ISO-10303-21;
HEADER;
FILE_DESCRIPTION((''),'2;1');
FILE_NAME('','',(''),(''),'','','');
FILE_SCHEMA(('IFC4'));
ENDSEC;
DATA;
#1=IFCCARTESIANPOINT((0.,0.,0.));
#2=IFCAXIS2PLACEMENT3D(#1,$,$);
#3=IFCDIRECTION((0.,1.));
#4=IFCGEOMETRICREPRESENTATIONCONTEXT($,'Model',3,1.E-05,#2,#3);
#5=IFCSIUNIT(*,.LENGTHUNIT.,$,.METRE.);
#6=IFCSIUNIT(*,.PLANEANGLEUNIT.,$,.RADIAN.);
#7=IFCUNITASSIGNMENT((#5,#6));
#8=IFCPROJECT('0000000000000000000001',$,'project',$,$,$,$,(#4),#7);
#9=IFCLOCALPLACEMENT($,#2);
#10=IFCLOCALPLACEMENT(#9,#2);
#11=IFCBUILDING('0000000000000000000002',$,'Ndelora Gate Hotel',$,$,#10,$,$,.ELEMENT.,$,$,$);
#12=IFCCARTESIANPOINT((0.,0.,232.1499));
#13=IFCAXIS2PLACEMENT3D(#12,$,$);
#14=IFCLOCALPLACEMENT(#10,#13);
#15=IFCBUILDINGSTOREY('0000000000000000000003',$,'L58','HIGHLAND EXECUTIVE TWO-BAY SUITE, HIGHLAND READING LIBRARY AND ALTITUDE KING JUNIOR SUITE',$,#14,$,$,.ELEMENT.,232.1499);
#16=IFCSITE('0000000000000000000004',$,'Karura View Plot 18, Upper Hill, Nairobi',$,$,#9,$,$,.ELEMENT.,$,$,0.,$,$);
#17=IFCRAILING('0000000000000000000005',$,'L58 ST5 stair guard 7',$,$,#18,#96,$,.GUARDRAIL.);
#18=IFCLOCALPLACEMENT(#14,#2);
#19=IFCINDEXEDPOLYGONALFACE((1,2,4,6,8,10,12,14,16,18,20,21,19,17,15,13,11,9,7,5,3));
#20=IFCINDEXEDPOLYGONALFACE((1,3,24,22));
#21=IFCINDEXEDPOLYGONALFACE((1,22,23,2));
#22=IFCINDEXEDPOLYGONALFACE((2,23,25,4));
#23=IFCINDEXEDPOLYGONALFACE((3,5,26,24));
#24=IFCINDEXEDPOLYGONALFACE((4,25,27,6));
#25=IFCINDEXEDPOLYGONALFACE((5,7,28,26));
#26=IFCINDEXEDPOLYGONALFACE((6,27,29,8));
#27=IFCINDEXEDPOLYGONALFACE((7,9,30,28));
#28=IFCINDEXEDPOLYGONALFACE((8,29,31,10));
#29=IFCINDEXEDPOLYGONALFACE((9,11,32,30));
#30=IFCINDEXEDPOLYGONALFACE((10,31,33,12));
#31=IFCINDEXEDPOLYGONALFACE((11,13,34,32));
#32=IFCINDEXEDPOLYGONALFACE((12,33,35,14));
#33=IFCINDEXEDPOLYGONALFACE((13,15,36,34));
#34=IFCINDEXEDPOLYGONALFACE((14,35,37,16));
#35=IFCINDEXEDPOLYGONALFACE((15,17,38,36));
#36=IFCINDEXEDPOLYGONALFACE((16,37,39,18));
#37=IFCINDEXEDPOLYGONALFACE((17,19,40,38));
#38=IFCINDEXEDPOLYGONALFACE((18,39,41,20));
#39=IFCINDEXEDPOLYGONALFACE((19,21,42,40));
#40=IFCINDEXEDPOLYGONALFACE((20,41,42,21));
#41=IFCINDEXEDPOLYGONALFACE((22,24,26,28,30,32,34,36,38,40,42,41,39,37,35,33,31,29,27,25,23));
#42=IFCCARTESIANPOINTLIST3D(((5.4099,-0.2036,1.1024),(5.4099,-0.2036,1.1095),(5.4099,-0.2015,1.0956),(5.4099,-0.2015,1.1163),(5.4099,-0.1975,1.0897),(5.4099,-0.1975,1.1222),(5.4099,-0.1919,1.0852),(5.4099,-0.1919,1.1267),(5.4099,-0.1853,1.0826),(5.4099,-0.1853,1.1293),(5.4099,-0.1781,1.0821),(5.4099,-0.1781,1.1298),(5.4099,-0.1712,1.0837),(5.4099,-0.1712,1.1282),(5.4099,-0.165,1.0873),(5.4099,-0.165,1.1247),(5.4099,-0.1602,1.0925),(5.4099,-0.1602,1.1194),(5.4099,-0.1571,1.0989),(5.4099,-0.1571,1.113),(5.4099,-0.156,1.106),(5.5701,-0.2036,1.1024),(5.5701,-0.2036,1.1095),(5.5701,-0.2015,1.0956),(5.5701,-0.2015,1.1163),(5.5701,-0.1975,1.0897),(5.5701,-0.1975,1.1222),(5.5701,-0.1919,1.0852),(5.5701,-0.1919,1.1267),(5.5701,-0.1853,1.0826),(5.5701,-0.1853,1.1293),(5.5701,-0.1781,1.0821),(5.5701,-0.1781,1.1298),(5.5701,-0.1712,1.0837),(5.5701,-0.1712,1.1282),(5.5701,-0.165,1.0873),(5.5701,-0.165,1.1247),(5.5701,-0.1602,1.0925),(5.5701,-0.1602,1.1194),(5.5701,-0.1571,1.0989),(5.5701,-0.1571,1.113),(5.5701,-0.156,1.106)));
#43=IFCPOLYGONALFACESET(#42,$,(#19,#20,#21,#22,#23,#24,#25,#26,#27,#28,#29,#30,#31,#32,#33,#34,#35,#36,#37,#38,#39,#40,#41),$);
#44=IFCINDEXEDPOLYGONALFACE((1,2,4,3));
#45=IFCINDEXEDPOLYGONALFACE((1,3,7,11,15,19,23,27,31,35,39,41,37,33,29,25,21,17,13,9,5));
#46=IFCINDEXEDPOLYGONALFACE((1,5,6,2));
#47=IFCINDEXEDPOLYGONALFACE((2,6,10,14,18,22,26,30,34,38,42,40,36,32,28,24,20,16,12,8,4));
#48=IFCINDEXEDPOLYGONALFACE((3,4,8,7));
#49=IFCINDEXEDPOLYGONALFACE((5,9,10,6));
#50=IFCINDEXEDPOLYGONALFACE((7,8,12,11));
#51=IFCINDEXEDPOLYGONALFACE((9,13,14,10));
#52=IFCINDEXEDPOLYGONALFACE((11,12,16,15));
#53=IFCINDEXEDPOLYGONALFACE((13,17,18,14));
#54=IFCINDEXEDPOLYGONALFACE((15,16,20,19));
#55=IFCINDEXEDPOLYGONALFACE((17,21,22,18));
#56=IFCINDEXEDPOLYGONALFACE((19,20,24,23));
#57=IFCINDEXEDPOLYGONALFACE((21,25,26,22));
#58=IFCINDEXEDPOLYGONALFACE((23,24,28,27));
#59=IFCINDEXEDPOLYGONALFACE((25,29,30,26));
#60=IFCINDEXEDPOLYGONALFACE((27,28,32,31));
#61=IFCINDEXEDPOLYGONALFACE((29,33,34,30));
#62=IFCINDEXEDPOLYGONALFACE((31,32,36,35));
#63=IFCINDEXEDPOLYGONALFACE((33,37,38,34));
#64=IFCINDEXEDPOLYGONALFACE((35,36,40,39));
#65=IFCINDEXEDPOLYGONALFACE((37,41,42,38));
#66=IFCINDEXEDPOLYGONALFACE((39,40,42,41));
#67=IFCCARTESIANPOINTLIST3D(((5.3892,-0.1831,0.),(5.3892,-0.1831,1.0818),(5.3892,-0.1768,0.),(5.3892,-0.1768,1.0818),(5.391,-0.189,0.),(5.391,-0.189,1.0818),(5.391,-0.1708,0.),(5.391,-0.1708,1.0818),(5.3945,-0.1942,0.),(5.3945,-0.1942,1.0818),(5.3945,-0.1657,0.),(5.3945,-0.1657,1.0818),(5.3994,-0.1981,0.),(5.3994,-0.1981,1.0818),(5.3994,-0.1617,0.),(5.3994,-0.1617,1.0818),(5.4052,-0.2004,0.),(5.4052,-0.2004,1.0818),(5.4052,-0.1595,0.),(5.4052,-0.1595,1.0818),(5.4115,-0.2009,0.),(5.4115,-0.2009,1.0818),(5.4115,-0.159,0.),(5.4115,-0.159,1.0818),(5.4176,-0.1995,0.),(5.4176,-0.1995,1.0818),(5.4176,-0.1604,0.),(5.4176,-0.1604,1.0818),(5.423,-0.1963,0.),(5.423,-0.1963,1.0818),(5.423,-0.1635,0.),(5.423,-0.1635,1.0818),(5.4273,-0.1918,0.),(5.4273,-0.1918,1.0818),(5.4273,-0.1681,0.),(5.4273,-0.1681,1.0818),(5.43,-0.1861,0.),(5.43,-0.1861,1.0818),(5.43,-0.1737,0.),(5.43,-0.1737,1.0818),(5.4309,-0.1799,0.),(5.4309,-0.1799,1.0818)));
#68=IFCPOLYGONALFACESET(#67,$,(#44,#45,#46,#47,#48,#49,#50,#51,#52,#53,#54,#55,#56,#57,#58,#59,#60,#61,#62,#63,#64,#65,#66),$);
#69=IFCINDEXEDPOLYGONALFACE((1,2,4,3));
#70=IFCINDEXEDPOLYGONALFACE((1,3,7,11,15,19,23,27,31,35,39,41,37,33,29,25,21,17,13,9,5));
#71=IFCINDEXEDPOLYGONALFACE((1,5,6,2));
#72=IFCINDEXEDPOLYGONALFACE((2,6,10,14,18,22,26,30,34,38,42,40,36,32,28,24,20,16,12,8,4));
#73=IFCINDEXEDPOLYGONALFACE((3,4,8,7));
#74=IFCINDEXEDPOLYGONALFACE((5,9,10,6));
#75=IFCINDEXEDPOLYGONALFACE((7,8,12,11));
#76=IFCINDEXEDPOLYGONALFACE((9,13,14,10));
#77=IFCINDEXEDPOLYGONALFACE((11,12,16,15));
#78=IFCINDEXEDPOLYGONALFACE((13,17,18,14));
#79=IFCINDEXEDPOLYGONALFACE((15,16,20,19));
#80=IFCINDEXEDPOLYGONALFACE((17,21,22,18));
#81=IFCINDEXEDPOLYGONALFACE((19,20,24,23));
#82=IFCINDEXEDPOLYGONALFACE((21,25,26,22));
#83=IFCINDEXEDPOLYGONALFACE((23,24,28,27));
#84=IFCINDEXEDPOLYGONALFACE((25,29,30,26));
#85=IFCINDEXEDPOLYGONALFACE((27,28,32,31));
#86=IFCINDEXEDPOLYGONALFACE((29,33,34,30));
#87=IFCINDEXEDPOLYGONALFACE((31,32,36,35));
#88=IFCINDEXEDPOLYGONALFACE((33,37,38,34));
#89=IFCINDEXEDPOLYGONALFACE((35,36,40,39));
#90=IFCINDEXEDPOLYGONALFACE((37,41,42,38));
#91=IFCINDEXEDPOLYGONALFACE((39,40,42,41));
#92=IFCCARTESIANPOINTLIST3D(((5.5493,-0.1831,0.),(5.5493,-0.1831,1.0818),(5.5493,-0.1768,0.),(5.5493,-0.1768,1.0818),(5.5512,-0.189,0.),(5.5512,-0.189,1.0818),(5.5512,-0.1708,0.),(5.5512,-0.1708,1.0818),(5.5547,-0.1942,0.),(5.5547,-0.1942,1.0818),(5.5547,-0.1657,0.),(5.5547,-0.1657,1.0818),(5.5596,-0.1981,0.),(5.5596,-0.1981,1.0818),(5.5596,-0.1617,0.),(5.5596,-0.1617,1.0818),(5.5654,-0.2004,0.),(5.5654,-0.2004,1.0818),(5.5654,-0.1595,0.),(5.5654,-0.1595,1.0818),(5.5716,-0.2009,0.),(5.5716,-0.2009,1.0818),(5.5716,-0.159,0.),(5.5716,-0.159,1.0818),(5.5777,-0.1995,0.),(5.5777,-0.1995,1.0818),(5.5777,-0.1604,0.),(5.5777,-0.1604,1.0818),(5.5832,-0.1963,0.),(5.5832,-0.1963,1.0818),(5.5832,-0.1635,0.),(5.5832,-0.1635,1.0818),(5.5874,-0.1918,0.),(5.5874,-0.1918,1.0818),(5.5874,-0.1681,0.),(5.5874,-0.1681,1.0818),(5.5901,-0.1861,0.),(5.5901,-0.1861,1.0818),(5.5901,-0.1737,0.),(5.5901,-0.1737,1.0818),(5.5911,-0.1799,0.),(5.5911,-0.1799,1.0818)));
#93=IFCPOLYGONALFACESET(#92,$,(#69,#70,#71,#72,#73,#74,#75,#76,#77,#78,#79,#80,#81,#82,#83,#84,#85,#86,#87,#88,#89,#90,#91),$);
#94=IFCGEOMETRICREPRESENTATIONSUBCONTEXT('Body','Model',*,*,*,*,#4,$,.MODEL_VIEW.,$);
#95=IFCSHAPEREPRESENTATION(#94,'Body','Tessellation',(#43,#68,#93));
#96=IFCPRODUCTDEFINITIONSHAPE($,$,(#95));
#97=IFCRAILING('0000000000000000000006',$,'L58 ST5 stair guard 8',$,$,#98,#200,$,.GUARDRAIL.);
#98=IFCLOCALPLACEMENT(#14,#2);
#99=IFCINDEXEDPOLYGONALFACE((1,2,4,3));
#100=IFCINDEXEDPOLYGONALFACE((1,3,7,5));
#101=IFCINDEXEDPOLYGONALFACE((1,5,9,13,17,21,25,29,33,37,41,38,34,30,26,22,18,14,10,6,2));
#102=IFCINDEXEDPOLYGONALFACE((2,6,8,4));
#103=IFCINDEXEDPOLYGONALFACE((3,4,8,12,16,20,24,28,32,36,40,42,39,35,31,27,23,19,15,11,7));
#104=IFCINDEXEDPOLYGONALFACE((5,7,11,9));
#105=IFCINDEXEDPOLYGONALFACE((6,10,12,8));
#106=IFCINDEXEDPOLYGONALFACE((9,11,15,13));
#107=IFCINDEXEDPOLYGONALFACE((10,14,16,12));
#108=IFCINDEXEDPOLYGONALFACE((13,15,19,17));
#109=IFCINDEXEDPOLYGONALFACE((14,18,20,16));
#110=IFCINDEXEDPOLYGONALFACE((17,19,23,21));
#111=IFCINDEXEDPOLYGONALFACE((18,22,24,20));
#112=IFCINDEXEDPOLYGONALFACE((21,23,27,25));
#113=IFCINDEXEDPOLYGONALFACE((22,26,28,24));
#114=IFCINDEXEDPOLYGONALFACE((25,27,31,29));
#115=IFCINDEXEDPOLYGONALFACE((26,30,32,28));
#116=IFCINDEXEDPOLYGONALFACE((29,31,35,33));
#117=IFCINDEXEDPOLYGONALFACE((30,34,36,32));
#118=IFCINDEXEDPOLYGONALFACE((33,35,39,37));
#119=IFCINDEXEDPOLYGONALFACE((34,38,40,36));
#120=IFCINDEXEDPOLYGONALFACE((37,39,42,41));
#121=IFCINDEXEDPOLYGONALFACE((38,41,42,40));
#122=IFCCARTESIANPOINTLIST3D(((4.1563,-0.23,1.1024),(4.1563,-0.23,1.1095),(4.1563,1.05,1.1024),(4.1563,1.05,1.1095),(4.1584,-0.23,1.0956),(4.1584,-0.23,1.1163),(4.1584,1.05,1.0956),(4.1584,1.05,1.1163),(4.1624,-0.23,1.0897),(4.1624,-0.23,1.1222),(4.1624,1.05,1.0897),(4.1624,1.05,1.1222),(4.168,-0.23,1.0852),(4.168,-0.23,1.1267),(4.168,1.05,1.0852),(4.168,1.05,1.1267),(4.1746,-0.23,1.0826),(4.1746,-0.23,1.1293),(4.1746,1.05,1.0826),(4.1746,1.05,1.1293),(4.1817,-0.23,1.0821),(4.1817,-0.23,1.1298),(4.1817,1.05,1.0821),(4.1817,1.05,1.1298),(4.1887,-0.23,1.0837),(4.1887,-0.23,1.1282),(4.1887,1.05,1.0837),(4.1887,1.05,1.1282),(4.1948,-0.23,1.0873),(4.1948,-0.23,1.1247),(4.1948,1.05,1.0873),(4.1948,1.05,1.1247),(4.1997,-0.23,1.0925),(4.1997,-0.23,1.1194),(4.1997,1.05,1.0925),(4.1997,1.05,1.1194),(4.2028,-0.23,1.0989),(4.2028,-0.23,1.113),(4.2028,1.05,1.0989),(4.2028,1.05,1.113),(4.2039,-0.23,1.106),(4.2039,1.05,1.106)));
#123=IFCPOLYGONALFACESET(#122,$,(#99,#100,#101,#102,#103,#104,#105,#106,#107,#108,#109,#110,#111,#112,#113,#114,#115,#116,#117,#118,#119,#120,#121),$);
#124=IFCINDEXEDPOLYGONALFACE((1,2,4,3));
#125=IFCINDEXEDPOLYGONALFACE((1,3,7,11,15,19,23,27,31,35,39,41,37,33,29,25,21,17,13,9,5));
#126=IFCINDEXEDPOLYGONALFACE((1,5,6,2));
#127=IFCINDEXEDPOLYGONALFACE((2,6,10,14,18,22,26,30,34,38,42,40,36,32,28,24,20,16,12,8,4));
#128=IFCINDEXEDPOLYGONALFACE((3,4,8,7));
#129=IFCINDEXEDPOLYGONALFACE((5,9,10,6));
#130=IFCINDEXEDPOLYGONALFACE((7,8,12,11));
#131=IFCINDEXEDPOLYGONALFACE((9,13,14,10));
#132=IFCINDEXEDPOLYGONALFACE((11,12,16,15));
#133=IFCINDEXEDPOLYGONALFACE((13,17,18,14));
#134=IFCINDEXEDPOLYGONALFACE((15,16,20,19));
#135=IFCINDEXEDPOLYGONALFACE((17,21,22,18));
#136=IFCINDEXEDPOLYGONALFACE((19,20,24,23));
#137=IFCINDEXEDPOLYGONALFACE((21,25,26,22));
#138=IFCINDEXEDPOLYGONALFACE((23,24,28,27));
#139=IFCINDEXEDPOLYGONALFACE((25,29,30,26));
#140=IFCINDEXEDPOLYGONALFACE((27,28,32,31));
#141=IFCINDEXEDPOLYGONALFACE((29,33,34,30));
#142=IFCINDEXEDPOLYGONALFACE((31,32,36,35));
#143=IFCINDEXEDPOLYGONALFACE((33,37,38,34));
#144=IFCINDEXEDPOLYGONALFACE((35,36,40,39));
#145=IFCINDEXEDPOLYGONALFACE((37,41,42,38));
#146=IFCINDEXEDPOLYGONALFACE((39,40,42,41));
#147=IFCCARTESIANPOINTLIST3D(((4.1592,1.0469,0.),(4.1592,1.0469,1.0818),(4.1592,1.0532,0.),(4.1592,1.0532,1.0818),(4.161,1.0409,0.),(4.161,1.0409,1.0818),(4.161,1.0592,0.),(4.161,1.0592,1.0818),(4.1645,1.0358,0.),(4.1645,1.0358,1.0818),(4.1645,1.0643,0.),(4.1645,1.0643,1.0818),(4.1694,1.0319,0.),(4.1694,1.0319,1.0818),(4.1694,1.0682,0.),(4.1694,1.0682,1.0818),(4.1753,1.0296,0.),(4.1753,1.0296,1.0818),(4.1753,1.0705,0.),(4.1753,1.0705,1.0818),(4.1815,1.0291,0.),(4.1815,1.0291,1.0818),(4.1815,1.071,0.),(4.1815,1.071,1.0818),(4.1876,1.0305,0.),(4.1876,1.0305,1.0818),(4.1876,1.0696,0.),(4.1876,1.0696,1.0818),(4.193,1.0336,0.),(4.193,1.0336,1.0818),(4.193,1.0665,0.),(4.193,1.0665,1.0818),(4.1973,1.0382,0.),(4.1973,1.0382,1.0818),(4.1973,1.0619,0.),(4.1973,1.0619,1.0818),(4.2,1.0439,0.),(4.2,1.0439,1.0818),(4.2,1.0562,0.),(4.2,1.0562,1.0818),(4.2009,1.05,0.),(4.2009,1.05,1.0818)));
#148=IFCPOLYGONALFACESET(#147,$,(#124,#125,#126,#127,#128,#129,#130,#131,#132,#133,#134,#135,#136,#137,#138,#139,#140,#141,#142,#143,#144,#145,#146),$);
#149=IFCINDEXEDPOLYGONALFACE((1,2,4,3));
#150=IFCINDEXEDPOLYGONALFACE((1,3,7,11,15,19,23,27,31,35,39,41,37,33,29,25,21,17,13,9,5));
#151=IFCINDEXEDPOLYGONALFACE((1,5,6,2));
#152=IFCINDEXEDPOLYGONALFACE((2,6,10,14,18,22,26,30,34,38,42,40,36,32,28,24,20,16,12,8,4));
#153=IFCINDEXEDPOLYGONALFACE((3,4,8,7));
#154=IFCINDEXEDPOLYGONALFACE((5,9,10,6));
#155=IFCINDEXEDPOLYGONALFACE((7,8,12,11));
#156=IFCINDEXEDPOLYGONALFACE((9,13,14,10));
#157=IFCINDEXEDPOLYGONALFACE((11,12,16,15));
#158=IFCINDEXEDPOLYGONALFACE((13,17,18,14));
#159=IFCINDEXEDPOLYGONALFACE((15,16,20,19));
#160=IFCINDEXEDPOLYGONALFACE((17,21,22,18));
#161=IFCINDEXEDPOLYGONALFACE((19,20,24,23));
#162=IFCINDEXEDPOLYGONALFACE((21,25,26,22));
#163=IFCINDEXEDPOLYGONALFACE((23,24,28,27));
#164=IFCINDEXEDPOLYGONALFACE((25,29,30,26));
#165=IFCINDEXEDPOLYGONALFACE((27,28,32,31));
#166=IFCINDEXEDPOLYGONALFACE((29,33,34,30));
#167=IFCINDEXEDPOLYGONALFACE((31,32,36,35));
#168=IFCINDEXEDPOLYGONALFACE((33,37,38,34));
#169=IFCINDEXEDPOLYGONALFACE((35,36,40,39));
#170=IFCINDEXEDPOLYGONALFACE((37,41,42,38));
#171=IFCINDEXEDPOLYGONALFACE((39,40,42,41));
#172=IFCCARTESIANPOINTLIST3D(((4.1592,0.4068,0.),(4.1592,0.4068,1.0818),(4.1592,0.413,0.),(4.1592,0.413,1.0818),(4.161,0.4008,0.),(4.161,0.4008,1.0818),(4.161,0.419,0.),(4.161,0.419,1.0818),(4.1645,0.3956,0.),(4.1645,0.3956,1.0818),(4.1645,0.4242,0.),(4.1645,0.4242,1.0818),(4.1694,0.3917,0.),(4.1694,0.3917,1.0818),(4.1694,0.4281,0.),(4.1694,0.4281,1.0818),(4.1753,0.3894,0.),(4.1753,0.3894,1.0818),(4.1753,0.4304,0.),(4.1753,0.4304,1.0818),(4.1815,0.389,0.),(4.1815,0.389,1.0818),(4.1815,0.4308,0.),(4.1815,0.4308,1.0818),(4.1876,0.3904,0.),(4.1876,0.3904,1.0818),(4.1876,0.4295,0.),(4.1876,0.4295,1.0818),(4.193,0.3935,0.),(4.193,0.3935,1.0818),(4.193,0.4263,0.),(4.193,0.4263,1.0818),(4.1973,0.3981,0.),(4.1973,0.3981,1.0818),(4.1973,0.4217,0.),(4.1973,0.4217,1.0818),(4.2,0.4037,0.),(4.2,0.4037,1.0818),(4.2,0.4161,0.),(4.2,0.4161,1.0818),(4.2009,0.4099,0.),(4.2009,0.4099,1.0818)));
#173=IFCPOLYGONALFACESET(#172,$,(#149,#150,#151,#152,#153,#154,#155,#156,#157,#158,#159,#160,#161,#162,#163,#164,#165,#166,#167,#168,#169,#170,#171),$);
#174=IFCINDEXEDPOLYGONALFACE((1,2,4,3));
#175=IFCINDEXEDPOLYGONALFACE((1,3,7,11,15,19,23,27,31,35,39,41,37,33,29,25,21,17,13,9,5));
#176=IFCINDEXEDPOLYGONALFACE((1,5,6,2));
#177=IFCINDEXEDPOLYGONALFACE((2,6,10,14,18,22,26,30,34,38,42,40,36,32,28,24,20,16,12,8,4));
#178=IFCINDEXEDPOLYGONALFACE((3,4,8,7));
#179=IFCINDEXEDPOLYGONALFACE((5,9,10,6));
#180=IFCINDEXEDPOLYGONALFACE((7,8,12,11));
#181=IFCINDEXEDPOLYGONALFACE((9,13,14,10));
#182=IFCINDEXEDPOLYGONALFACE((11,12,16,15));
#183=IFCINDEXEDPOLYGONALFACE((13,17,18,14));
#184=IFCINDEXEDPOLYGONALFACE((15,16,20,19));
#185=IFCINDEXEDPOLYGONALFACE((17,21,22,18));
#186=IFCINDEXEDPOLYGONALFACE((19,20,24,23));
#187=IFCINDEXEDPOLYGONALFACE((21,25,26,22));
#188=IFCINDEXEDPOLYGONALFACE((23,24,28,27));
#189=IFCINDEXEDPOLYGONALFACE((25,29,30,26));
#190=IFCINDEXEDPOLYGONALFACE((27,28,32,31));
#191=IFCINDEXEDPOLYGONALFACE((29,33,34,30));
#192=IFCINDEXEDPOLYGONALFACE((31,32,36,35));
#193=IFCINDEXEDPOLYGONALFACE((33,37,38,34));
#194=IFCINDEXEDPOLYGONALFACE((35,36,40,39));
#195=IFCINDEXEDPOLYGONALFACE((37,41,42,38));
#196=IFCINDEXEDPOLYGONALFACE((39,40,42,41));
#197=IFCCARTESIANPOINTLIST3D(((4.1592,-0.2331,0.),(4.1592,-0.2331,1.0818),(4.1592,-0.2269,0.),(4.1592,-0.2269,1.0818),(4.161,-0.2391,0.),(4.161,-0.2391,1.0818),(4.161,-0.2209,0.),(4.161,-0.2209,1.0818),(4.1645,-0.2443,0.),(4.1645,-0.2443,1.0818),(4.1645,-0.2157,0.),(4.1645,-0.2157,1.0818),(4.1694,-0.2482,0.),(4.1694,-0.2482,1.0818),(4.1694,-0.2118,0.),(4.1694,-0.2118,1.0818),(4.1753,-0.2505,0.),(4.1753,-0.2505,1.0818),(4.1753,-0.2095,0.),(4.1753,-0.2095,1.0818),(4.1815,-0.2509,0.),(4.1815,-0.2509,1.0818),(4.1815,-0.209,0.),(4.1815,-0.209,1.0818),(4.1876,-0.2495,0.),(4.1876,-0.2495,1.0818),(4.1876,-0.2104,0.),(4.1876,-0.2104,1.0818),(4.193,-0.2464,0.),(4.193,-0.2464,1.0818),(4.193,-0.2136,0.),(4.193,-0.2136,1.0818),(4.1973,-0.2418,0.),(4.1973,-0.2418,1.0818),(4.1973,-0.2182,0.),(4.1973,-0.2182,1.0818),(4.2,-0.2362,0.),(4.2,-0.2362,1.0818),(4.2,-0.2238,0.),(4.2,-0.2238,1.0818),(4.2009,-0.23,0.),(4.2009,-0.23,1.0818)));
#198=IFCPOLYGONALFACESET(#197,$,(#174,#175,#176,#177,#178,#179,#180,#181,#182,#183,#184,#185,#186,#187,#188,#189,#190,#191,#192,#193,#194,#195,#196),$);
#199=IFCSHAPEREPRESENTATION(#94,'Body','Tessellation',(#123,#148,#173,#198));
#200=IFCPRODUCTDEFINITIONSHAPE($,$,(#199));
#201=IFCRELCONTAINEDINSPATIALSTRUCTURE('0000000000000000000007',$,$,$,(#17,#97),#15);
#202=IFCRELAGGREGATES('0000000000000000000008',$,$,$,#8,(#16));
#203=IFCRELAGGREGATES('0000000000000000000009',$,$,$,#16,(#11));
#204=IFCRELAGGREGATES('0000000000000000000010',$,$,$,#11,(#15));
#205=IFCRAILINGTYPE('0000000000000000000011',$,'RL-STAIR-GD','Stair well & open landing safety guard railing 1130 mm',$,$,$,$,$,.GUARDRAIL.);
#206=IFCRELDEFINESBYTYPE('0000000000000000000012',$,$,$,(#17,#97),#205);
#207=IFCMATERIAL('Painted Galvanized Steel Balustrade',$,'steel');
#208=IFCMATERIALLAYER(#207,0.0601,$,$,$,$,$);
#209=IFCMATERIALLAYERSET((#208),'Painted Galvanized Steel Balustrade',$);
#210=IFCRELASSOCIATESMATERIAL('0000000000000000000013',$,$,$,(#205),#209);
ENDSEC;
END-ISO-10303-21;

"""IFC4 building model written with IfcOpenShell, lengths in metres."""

from ifc_helpers import new_model, si_unit, direction, frame, origin, origin_2d, place, context, subcontext, project, spatial, circle, extrude, material, layer, layer_set, type_object, element, save


model = new_model("IFC4")

# Units and contexts
model_context = context("Model", 3, precision=1e-05, world=origin(), true_north=direction((0.0, 1.0)))
body_context = subcontext(model_context, "Body", "Model", "MODEL_VIEW")
ifc_project = project(units=[si_unit("LENGTHUNIT", "METRE"), si_unit("PLANEANGLEUNIT", "RADIAN")], contexts=[model_context])

# Site, building, storey
site_placement = place(None, origin())
site = spatial("IfcSite", under=ifc_project, at=site_placement, Name="Karura View Plot 18, Upper Hill, Nairobi", CompositionType="ELEMENT", RefElevation=0.0)
building_placement = place(site_placement, origin())
building = spatial("IfcBuilding", under=site, at=building_placement, Name="Ndelora Gate Hotel", CompositionType="ELEMENT")
storey_placement = place(building_placement, frame((0.0, 0.0, 232.1499)))
storey = spatial("IfcBuildingStorey", under=building, at=storey_placement, Name="L58", Description="HIGHLAND EXECUTIVE TWO-BAY SUITE, HIGHLAND READING LIBRARY AND ALTITUDE KING JUNIOR SUITE", CompositionType="ELEMENT", Elevation=232.1499)

# Railings
ifc_material_1 = material(Name="Painted Galvanized Steel Balustrade", Category="steel")
ifc_layer_1 = layer(ifc_material_1, 0.0601)
ifc_layer_set_1 = layer_set([ifc_layer_1], Name="Painted Galvanized Steel Balustrade")
railing_type_1 = type_object("IfcRailingType", Name="RL-STAIR-GD", Description="Stair well & open landing safety guard railing 1130 mm", PredefinedType="GUARDRAIL", material=ifc_layer_set_1)
railing_1_placement = place(storey_placement, frame((5.4099, -0.1799, 0.0)))
element("IfcRailing", 1, at=railing_1_placement, inside=storey, type_object=railing_type_1, Name="L58 ST5 stair guard 7", PredefinedType="GUARDRAIL", context=body_context, shape_type="SweptSolid", body=[
    extrude(circle(Radius=0.0239, at=origin_2d()), frame((0.0, 0.0, 1.106), z_axis=(1.0, 0.0, 0.0), x_axis=(0.0, 1.0, 0.0)), (0.0, 0.0, 1.0), 0.1602),
    extrude(circle(Radius=0.021, at=origin_2d()), origin(), (0.0, 0.0, 1.0), 1.0818),
    extrude(circle(Radius=0.021, at=origin_2d()), frame((0.1602, 0.0, 0.0)), (0.0, 0.0, 1.0), 1.0818),
])
for number, where, name in (
    (2, (4.1799, 1.05, 0.0), "L58 ST5 stair guard 8"),
):
    element("IfcRailing", number, at=place(storey_placement, frame(where)), inside=storey, type_object=railing_type_1, Name=name, PredefinedType="GUARDRAIL", context=body_context, shape_type="SweptSolid", body=[
        extrude(circle(Radius=0.0239, at=origin_2d()), frame((0.0, 0.0, 1.106), z_axis=(0.0, -1.0, 0.0), x_axis=(1.0, 0.0, 0.0)), (0.0, 0.0, 1.0), 1.28),
        extrude(circle(Radius=0.021, at=origin_2d()), origin(), (0.0, 0.0, 1.0), 1.0818),
        extrude(circle(Radius=0.021, at=origin_2d()), frame((0.0, -0.6401, 0.0)), (0.0, 0.0, 1.0), 1.0818),
        extrude(circle(Radius=0.021, at=origin_2d()), frame((0.0, -1.28, 0.0)), (0.0, 0.0, 1.0), 1.0818),
    ])

save(model, "model.ifc")
